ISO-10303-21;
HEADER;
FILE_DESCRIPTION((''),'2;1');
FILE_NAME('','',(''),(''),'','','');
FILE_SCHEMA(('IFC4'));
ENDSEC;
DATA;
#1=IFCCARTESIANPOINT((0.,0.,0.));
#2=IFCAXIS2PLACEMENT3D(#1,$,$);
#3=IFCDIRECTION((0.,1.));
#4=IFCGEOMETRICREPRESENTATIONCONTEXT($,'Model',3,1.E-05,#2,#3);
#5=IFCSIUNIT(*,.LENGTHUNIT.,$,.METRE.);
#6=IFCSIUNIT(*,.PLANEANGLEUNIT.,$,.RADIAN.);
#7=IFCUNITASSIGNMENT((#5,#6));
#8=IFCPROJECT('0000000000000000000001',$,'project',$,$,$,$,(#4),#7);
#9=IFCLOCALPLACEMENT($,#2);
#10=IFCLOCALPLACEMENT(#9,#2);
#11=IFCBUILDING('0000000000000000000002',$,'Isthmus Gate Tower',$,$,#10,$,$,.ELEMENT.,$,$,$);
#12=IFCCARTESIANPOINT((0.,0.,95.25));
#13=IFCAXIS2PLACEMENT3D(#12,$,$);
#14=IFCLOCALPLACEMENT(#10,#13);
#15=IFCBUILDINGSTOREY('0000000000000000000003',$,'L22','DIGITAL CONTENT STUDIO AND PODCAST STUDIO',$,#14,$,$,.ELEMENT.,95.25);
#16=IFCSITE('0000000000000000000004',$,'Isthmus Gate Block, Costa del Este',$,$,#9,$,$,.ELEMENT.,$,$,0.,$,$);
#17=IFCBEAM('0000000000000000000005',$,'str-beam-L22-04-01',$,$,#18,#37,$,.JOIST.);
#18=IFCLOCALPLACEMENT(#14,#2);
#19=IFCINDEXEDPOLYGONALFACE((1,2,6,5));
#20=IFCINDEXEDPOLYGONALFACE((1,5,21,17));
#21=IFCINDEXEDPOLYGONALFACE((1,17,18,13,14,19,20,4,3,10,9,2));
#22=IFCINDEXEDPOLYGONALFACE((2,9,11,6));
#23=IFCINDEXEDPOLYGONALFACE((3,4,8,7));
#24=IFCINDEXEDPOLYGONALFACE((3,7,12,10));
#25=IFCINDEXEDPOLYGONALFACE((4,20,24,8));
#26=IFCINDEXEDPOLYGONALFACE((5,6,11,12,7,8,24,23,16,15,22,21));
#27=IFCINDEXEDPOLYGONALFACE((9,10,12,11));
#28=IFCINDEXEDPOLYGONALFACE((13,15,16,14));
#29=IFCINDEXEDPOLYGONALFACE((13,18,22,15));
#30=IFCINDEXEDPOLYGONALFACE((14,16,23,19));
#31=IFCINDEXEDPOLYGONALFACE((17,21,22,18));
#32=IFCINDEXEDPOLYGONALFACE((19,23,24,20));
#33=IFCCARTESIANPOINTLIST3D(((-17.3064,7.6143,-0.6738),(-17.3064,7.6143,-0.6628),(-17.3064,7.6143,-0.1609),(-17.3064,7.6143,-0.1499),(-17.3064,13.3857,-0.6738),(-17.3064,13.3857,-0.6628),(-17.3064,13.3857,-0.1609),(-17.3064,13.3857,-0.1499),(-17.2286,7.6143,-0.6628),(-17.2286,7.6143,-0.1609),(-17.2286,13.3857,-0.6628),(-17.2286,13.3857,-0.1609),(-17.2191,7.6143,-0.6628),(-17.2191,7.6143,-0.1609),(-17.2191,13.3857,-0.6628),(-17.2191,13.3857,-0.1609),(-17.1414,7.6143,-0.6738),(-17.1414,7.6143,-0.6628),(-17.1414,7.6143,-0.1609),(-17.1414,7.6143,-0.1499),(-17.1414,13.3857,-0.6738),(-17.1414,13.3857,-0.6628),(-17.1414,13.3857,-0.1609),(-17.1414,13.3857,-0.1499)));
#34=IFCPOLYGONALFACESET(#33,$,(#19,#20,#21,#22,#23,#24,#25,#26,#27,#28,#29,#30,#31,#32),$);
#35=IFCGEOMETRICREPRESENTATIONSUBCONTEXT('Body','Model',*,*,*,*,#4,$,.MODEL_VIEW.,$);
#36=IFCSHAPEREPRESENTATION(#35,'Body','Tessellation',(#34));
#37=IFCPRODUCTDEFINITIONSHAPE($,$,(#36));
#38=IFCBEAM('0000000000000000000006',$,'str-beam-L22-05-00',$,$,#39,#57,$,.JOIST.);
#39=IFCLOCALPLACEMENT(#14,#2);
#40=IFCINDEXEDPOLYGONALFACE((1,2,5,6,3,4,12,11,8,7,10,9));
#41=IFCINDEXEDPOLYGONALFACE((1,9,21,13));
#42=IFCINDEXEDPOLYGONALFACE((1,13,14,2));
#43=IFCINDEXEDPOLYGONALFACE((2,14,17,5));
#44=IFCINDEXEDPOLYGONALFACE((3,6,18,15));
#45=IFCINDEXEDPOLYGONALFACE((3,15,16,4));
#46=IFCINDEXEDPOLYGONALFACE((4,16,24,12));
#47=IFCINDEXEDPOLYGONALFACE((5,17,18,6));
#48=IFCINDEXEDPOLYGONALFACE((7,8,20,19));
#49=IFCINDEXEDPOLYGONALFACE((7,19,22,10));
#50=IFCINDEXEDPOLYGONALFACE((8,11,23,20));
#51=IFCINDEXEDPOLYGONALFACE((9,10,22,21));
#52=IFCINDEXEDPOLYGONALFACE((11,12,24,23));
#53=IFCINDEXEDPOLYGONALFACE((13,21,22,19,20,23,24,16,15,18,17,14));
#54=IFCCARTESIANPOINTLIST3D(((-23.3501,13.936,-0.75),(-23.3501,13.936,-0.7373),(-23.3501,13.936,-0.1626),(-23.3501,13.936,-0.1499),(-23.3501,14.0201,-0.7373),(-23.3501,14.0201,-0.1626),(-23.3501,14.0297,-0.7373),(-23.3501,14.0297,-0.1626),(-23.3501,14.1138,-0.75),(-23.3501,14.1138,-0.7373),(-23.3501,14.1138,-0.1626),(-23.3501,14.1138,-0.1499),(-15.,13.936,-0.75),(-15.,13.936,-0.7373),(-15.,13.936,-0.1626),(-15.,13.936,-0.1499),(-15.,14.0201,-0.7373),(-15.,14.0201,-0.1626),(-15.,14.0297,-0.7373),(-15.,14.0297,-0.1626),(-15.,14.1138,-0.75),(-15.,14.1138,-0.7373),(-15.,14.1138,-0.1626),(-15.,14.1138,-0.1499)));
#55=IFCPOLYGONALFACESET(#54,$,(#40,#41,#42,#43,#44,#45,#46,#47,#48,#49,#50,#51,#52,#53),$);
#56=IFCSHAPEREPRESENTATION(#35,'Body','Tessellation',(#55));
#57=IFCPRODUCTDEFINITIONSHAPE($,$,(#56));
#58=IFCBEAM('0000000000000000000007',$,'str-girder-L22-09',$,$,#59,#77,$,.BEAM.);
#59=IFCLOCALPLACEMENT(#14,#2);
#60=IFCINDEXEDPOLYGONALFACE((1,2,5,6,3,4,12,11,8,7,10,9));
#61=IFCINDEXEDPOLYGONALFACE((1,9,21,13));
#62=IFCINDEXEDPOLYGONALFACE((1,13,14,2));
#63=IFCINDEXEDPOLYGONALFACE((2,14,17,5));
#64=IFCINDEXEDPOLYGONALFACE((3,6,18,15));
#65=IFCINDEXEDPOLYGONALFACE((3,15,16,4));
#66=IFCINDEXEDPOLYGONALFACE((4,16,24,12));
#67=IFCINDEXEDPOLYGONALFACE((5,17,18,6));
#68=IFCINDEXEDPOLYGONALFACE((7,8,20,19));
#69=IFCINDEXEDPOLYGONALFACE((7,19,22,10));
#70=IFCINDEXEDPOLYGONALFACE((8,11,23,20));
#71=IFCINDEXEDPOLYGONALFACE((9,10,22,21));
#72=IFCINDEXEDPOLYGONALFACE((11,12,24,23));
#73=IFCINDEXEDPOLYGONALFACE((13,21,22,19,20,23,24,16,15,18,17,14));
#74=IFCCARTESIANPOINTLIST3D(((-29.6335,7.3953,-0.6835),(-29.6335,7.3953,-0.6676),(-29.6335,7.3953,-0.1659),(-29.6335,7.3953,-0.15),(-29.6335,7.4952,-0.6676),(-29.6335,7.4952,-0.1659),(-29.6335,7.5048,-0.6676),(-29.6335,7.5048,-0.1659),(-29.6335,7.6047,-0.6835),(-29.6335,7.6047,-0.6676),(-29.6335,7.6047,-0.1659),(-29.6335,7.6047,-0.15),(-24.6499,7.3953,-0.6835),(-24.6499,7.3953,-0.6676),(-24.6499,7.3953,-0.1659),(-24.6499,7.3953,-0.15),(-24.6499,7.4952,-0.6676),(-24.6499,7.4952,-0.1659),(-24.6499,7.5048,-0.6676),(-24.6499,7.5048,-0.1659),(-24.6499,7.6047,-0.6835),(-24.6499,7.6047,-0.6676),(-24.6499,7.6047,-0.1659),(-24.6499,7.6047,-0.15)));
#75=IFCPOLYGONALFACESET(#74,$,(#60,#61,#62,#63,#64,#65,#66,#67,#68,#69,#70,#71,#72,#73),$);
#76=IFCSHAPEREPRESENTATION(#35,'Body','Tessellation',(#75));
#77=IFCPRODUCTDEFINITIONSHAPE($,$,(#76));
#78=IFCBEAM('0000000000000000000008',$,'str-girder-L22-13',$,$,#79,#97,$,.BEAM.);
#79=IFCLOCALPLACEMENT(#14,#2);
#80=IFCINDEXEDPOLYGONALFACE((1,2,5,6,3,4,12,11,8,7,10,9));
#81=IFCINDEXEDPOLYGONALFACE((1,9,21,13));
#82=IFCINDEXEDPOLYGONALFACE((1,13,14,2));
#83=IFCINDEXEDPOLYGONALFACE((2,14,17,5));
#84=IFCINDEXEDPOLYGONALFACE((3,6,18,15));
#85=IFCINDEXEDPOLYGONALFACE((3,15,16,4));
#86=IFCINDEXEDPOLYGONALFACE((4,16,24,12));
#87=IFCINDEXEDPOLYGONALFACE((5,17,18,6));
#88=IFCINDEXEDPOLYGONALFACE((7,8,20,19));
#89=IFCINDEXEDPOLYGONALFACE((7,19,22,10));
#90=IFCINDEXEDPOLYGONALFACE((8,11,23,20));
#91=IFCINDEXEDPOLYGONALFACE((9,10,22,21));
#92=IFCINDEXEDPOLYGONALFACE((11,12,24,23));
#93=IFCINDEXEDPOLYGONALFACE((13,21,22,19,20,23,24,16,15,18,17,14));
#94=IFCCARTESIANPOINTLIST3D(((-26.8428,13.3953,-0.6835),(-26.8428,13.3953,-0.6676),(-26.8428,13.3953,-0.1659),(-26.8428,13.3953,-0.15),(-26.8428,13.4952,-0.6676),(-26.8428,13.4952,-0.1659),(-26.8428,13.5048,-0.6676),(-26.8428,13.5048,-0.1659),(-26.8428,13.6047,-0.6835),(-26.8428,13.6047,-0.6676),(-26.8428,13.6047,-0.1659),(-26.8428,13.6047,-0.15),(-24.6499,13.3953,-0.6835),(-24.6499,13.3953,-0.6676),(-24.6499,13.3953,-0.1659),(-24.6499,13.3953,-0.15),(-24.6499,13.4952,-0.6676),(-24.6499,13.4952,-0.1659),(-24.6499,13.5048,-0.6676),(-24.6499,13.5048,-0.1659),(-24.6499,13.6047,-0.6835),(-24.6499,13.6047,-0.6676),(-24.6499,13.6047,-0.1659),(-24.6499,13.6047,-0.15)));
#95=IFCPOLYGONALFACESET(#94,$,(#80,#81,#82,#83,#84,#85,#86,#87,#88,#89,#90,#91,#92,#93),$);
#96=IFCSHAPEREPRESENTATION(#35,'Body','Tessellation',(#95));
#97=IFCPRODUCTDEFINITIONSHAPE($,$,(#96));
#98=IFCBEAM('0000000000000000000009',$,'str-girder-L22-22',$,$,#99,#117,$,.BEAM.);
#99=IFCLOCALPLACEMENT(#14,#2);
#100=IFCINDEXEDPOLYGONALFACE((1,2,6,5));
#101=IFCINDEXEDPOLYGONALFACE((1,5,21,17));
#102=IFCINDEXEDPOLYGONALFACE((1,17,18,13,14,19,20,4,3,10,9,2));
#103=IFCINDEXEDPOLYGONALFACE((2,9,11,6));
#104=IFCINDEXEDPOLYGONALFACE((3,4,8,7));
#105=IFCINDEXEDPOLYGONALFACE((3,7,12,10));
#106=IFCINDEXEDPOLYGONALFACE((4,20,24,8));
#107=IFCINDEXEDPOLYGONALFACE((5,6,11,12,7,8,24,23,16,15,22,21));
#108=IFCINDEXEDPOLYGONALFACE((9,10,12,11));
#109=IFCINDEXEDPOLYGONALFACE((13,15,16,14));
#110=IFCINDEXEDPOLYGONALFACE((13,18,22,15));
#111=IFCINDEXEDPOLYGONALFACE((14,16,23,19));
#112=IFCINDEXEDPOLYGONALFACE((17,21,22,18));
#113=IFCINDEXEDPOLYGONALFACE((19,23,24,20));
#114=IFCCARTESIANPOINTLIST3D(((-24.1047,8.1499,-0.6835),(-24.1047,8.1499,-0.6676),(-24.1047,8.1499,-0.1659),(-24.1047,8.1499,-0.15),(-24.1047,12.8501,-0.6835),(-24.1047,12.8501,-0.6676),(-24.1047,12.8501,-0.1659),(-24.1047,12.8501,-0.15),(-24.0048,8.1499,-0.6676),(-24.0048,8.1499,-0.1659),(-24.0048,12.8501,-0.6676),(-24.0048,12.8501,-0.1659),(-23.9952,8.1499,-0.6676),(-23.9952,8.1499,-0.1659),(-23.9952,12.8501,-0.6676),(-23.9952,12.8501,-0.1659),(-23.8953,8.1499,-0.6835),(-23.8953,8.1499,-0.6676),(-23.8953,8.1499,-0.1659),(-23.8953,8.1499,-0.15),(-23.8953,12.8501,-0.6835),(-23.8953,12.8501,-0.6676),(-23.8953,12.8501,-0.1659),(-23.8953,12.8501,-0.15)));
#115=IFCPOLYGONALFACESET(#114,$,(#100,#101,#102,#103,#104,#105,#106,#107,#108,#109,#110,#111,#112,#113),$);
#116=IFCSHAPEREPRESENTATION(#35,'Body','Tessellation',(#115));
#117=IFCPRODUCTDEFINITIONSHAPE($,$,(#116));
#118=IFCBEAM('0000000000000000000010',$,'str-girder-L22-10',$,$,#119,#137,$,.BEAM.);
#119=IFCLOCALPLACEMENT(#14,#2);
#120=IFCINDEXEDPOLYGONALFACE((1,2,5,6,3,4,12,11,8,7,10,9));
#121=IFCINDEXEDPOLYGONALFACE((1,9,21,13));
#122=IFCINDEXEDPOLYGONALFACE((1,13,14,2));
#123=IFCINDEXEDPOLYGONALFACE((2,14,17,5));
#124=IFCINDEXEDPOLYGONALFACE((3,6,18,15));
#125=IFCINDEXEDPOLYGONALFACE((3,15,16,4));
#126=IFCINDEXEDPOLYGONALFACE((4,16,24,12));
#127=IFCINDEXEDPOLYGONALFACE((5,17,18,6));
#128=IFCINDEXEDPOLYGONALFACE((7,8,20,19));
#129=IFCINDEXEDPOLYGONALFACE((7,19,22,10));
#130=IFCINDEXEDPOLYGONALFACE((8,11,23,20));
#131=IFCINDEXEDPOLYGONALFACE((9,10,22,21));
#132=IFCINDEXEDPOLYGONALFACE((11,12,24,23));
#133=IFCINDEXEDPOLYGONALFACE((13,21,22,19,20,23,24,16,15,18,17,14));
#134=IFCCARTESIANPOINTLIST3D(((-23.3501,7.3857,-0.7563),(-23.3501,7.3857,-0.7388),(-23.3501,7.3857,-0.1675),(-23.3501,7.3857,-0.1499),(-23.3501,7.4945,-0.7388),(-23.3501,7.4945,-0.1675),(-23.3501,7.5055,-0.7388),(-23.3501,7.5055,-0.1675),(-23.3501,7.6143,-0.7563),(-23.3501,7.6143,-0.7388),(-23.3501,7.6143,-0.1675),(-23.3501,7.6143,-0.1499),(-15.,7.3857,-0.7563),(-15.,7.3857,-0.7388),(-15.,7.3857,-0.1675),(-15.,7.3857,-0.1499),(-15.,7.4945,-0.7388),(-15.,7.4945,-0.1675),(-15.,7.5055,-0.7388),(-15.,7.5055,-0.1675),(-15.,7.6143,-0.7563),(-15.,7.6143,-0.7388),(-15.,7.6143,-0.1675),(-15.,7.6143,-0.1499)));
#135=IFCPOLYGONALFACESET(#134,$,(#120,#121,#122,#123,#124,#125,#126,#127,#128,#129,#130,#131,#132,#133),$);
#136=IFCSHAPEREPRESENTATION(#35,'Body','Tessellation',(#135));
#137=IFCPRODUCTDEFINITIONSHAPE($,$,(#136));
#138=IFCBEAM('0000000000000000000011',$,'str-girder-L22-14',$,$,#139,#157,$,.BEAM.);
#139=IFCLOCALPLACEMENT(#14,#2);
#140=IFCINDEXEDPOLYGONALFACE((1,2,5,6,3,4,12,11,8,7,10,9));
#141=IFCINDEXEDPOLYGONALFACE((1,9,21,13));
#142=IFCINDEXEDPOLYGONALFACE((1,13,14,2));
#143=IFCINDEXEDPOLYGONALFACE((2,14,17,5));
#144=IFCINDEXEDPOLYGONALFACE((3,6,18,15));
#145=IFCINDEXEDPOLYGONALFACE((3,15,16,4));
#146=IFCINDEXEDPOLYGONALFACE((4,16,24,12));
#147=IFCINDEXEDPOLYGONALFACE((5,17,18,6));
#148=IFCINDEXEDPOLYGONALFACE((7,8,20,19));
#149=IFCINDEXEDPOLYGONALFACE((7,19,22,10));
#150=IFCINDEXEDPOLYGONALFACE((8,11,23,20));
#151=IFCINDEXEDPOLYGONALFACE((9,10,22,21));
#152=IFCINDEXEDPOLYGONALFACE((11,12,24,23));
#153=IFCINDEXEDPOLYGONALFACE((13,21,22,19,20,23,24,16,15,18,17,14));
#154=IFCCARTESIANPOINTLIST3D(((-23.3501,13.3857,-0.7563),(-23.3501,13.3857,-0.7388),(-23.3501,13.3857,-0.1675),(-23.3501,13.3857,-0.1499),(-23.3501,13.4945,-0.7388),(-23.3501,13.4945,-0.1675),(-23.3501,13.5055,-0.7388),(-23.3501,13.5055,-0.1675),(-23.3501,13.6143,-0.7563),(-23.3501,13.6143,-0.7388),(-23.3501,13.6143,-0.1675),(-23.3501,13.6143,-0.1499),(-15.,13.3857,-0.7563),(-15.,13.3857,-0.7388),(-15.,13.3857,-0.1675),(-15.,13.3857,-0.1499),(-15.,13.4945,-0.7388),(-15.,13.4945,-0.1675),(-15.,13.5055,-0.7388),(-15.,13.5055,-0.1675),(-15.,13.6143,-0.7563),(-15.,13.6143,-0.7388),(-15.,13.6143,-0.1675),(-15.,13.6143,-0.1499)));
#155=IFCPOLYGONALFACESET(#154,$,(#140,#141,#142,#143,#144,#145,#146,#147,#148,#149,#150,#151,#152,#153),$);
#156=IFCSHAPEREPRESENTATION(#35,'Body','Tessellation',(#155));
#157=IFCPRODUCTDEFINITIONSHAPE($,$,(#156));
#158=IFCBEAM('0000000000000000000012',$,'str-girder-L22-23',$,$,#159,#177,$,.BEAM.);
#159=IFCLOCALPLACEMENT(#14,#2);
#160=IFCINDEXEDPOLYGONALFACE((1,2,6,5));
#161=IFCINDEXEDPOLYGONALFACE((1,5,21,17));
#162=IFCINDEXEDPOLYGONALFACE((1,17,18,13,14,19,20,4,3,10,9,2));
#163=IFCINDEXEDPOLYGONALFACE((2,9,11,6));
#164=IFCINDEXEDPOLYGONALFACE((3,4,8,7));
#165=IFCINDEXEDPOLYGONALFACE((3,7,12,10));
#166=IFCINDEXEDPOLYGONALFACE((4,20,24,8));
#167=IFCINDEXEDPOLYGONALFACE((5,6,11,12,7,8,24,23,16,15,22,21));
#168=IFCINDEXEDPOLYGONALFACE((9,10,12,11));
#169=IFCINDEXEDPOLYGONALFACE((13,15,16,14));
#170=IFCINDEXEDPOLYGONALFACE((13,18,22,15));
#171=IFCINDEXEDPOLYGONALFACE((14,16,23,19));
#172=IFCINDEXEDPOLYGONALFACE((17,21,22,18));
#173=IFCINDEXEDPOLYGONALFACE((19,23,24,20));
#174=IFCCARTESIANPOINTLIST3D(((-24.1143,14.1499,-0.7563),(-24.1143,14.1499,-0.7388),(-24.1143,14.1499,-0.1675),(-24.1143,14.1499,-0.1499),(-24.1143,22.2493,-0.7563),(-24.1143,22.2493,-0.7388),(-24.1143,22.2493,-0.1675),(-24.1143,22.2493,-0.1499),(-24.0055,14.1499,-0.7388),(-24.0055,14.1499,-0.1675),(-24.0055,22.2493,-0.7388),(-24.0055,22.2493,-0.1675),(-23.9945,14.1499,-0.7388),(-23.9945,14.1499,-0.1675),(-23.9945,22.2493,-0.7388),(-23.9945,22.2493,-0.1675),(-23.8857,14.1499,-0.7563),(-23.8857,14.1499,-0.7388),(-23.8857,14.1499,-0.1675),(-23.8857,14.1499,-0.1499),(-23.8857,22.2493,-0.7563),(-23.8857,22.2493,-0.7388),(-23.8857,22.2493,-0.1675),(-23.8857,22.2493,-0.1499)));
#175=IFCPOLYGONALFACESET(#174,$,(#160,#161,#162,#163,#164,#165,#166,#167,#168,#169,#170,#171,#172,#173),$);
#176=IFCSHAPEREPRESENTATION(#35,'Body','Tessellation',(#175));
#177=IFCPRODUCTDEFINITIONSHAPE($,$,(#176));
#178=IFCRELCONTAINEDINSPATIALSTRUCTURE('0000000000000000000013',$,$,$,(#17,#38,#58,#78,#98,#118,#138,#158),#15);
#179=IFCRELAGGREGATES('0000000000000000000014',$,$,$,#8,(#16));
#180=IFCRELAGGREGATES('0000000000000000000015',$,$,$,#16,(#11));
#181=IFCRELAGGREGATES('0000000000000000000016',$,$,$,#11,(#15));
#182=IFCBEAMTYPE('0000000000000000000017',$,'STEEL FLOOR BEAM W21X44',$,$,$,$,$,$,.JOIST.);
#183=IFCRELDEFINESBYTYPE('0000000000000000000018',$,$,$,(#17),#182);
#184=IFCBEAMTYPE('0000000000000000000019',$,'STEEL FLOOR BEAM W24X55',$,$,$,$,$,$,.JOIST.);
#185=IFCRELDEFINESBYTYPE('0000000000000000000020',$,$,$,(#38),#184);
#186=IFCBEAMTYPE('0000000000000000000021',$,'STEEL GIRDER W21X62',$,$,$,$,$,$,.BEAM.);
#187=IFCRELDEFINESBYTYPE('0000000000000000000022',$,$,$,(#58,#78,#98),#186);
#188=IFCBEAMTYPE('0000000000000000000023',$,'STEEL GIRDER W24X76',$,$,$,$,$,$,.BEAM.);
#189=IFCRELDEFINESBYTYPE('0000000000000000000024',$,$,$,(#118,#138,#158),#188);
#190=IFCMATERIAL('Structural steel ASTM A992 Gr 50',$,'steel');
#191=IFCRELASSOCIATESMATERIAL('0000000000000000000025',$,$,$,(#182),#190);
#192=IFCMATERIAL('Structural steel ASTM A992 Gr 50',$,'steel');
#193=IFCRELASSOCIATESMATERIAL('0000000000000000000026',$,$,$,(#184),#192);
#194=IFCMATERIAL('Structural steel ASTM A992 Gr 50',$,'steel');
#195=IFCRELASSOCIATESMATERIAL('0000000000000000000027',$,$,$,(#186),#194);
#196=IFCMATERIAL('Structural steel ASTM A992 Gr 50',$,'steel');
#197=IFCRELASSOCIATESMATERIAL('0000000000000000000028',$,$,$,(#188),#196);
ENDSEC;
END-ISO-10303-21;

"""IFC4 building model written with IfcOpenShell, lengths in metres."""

from ifc_helpers import new_model, si_unit, direction, frame, origin, origin_2d, place, context, subcontext, project, spatial, i_section, extrude, material, material_profile, profile_set, type_object, element, save


model = new_model("IFC4")

# Units and contexts
model_context = context("Model", 3, precision=1e-05, world=origin(), true_north=direction((0.0, 1.0)))
body_context = subcontext(model_context, "Body", "Model", "MODEL_VIEW")
ifc_project = project(units=[si_unit("LENGTHUNIT", "METRE"), si_unit("PLANEANGLEUNIT", "RADIAN")], contexts=[model_context])

# Site, building, storey
site_placement = place(None, origin())
site = spatial("IfcSite", under=ifc_project, at=site_placement, Name="Isthmus Gate Block, Costa del Este", CompositionType="ELEMENT", RefElevation=0.0)
building_placement = place(site_placement, origin())
building = spatial("IfcBuilding", under=site, at=building_placement, Name="Isthmus Gate Tower", CompositionType="ELEMENT")
storey_placement = place(building_placement, frame((0.0, 0.0, 95.25)))
storey = spatial("IfcBuildingStorey", under=building, at=storey_placement, Name="L22", Description="DIGITAL CONTENT STUDIO AND PODCAST STUDIO", CompositionType="ELEMENT", Elevation=95.25)

# Beams
ifc_material_1 = material(Name="Structural steel ASTM A992 Gr 50", Category="steel")
ifc_material_profile_1 = material_profile(ifc_material_1, i_section(OverallWidth=0.165, OverallDepth=0.5239, WebThickness=0.0095, FlangeThickness=0.011, at=origin_2d()), Name="W21X44")
ifc_profile_set_1 = profile_set([ifc_material_profile_1], Name="Structural steel ASTM A992 Gr 50")
beam_type_1 = type_object("IfcBeamType", Name="STEEL FLOOR BEAM W21X44", PredefinedType="JOIST", material=ifc_profile_set_1)
for number, where, z_axis, x_axis, name in (
    (1, (-17.2239, 7.6143, -0.4119), (0.0, 1.0, 0.0), (-1.0, 0.0, 0.0), "str-beam-L22-04-01"),
):
    element("IfcBeam", number, at=place(storey_placement, frame(where, z_axis=z_axis, x_axis=x_axis)), inside=storey, type_object=beam_type_1, Name=name, PredefinedType="JOIST", context=body_context, shape_type="SweptSolid", body=[
        extrude(i_section(OverallWidth=0.165, OverallDepth=0.5239, WebThickness=0.0095, FlangeThickness=0.011, at=origin_2d()), origin(), (0.0, 0.0, 1.0), 5.7715),
    ])
ifc_material_2 = material(Name="Structural steel ASTM A992 Gr 50", Category="steel")
ifc_material_profile_2 = material_profile(ifc_material_2, i_section(OverallWidth=0.1777, OverallDepth=0.6001, WebThickness=0.0095, FlangeThickness=0.0127, at=origin_2d()), Name="W24X55")
ifc_profile_set_2 = profile_set([ifc_material_profile_2], Name="Structural steel ASTM A992 Gr 50")
beam_type_2 = type_object("IfcBeamType", Name="STEEL FLOOR BEAM W24X55", PredefinedType="JOIST", material=ifc_profile_set_2)
beam_1_placement = place(storey_placement, frame((-23.3501, 14.0249, -0.45), z_axis=(1.0, 0.0, 0.0), x_axis=(0.0, 1.0, 0.0)))
element("IfcBeam", 2, at=beam_1_placement, inside=storey, type_object=beam_type_2, Name="str-beam-L22-05-00", PredefinedType="JOIST", context=body_context, shape_type="SweptSolid", body=[
    extrude(i_section(OverallWidth=0.1777, OverallDepth=0.6001, WebThickness=0.0095, FlangeThickness=0.0127, at=origin_2d()), origin(), (0.0, 0.0, 1.0), 8.3501),
])
ifc_material_3 = material(Name="Structural steel ASTM A992 Gr 50", Category="steel")
ifc_material_profile_3 = material_profile(ifc_material_3, i_section(OverallWidth=0.2095, OverallDepth=0.5334, WebThickness=0.0095, FlangeThickness=0.0159, at=origin_2d()), Name="W21X62")
ifc_profile_set_3 = profile_set([ifc_material_profile_3], Name="Structural steel ASTM A992 Gr 50")
beam_type_3 = type_object("IfcBeamType", Name="STEEL GIRDER W21X62", PredefinedType="BEAM", material=ifc_profile_set_3)
beam_2_placement = place(storey_placement, frame((-29.6335, 7.5, -0.4167), z_axis=(1.0, 0.0, 0.0), x_axis=(0.0, 1.0, 0.0)))
element("IfcBeam", 3, at=beam_2_placement, inside=storey, type_object=beam_type_3, Name="str-girder-L22-09", PredefinedType="BEAM", context=body_context, shape_type="SweptSolid", body=[
    extrude(i_section(OverallWidth=0.2095, OverallDepth=0.5334, WebThickness=0.0095, FlangeThickness=0.0159, at=origin_2d()), origin(), (0.0, 0.0, 1.0), 4.9836),
])
beam_3_placement = place(storey_placement, frame((-26.8428, 13.5, -0.4167), z_axis=(1.0, 0.0, 0.0), x_axis=(0.0, 1.0, 0.0)))
element("IfcBeam", 4, at=beam_3_placement, inside=storey, type_object=beam_type_3, Name="str-girder-L22-13", PredefinedType="BEAM", context=body_context, shape_type="SweptSolid", body=[
    extrude(i_section(OverallWidth=0.2095, OverallDepth=0.5334, WebThickness=0.0095, FlangeThickness=0.0159, at=origin_2d()), origin(), (0.0, 0.0, 1.0), 2.1929),
])
beam_4_placement = place(storey_placement, frame((-24.0, 8.1499, -0.4167), z_axis=(0.0, 1.0, 0.0), x_axis=(-1.0, 0.0, 0.0)))
element("IfcBeam", 5, at=beam_4_placement, inside=storey, type_object=beam_type_3, Name="str-girder-L22-22", PredefinedType="BEAM", context=body_context, shape_type="SweptSolid", body=[
    extrude(i_section(OverallWidth=0.2095, OverallDepth=0.5334, WebThickness=0.0095, FlangeThickness=0.0159, at=origin_2d()), origin(), (0.0, 0.0, 1.0), 4.7002),
])
ifc_material_4 = material(Name="Structural steel ASTM A992 Gr 50", Category="steel")
ifc_material_profile_4 = material_profile(ifc_material_4, i_section(OverallWidth=0.2285, OverallDepth=0.6064, WebThickness=0.011, FlangeThickness=0.0176, at=origin_2d()), Name="W24X76")
ifc_profile_set_4 = profile_set([ifc_material_profile_4], Name="Structural steel ASTM A992 Gr 50")
beam_type_4 = type_object("IfcBeamType", Name="STEEL GIRDER W24X76", PredefinedType="BEAM", material=ifc_profile_set_4)
for number, where, z_axis, x_axis, name in (
    (6, (-23.3501, 7.5, -0.4531), (1.0, 0.0, 0.0), (0.0, 1.0, 0.0), "str-girder-L22-10"),
    (7, (-23.3501, 13.5, -0.4531), (1.0, 0.0, 0.0), (0.0, 1.0, 0.0), "str-girder-L22-14"),
):
    element("IfcBeam", number, at=place(storey_placement, frame(where, z_axis=z_axis, x_axis=x_axis)), inside=storey, type_object=beam_type_4, Name=name, PredefinedType="BEAM", context=body_context, shape_type="SweptSolid", body=[
        extrude(i_section(OverallWidth=0.2285, OverallDepth=0.6064, WebThickness=0.011, FlangeThickness=0.0176, at=origin_2d()), origin(), (0.0, 0.0, 1.0), 8.3501),
    ])
beam_5_placement = place(storey_placement, frame((-24.0, 14.1499, -0.4531), z_axis=(0.0, 1.0, 0.0), x_axis=(-1.0, 0.0, 0.0)))
element("IfcBeam", 8, at=beam_5_placement, inside=storey, type_object=beam_type_4, Name="str-girder-L22-23", PredefinedType="BEAM", context=body_context, shape_type="SweptSolid", body=[
    extrude(i_section(OverallWidth=0.2285, OverallDepth=0.6064, WebThickness=0.011, FlangeThickness=0.0176, at=origin_2d()), origin(), (0.0, 0.0, 1.0), 8.0994),
])

save(model, "model.ifc")
